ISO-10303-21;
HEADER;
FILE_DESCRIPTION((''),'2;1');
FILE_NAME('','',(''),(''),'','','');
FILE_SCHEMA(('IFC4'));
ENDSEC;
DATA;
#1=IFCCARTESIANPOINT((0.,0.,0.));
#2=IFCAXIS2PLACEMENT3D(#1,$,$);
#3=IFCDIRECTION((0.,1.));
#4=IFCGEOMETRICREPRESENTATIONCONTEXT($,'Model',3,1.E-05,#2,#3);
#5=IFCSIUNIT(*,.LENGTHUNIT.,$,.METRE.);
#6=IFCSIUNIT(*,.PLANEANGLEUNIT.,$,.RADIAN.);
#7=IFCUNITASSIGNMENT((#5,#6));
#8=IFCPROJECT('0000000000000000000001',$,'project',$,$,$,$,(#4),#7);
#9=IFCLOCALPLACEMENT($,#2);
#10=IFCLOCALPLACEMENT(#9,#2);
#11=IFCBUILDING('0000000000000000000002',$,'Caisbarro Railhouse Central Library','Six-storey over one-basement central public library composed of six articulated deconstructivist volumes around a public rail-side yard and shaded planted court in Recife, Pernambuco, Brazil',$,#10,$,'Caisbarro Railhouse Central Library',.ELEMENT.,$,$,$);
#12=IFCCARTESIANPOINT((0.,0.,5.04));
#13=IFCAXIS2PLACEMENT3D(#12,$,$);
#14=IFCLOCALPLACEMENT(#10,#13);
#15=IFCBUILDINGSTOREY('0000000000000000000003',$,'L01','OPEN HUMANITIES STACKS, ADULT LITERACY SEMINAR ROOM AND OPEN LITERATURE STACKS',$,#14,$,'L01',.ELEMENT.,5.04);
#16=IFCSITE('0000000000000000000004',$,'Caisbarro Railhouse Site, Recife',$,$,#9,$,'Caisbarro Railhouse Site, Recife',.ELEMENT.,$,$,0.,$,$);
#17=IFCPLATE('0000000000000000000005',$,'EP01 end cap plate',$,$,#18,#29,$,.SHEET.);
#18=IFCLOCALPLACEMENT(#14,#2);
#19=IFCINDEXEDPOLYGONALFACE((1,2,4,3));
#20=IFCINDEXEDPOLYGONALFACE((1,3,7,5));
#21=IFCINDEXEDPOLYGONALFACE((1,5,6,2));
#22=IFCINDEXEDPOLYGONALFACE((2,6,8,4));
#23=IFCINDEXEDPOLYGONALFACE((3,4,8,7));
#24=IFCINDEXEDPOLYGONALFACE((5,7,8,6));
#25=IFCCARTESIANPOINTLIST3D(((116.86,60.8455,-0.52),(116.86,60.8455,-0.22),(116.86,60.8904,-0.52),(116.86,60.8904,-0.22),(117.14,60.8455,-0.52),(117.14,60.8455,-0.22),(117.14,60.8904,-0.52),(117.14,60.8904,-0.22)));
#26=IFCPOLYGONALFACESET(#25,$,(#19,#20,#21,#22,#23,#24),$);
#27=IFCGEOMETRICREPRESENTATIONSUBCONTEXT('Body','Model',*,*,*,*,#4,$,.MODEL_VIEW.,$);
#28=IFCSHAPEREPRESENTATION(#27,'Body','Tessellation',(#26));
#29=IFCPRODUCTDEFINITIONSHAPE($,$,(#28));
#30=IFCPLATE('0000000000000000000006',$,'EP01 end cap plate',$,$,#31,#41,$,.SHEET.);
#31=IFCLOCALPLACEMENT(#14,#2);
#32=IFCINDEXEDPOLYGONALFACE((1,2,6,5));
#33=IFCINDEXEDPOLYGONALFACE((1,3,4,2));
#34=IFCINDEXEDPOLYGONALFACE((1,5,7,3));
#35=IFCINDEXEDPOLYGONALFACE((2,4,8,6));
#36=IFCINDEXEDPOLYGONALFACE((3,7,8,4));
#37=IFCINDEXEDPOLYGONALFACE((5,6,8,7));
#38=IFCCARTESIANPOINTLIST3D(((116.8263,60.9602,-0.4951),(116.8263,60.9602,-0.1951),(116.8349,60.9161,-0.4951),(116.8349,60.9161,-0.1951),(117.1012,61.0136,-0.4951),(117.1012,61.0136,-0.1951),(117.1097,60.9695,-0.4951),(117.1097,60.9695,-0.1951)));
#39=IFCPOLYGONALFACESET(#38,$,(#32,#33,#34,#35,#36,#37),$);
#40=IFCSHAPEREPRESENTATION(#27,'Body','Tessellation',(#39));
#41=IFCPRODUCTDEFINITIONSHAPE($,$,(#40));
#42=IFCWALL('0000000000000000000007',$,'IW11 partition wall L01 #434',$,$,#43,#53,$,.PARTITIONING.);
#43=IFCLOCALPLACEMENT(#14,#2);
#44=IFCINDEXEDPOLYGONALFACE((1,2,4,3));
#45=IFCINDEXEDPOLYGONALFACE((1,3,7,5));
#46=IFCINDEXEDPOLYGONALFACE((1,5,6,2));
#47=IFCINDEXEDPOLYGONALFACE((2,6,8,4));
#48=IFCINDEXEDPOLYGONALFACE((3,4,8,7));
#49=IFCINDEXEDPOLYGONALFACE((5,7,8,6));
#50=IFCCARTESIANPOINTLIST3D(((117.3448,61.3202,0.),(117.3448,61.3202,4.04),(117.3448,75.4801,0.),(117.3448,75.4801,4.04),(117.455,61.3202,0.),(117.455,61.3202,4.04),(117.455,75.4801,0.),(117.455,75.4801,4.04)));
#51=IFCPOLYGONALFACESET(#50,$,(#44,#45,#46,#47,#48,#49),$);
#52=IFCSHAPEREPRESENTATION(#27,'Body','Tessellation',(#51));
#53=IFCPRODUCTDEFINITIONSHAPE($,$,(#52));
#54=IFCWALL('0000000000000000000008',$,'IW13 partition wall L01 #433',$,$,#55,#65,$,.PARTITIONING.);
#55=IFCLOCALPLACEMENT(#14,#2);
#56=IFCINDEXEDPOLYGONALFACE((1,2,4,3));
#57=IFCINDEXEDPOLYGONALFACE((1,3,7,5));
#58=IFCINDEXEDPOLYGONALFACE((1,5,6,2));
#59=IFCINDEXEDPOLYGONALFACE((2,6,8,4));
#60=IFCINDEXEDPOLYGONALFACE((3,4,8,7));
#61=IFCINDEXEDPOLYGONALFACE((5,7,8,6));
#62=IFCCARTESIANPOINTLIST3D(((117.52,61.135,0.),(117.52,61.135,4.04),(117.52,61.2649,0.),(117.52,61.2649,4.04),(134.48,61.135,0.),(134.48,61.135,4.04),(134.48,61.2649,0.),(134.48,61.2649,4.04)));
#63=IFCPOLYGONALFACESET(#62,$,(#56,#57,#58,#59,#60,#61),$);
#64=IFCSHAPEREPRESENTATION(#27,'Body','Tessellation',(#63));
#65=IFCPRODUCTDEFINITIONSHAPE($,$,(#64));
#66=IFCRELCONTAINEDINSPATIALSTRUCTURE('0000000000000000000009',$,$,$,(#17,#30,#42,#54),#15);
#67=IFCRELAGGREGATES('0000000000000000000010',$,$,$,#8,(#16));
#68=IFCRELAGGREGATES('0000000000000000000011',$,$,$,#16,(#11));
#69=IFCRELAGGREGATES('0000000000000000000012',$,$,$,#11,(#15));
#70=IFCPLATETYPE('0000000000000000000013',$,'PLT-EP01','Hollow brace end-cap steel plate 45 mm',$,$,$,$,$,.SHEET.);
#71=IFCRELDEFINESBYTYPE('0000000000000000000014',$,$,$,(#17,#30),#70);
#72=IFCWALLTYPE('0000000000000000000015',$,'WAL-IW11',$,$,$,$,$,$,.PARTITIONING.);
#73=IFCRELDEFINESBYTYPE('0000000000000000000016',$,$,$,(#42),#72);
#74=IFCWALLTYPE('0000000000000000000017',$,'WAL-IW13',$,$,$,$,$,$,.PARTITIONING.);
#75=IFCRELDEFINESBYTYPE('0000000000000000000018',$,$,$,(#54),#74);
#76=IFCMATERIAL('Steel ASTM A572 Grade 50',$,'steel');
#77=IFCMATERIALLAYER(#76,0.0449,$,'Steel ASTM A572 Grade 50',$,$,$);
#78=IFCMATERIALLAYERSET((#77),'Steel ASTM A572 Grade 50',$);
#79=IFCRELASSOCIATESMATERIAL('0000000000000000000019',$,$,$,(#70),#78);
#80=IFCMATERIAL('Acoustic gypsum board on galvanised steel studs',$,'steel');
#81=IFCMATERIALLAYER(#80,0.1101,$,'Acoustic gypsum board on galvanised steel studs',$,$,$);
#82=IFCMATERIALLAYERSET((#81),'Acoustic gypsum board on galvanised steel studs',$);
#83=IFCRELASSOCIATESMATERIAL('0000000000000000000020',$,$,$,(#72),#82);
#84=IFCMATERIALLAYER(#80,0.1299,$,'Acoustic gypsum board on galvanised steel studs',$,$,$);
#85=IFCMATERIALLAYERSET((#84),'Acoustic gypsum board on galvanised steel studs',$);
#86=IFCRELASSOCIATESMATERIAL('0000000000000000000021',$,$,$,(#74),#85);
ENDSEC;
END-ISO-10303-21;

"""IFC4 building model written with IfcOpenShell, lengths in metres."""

from ifc_helpers import new_model, si_unit, direction, frame, frame_2d, origin, origin_2d, place, context, subcontext, project, spatial, rectangle, extrude, material, layer, layer_set, type_object, element, save


model = new_model("IFC4")

# Units and contexts
model_context = context("Model", 3, precision=1e-05, world=origin(), true_north=direction((0.0, 1.0)))
body_context = subcontext(model_context, "Body", "Model", "MODEL_VIEW")
ifc_project = project(units=[si_unit("LENGTHUNIT", "METRE"), si_unit("PLANEANGLEUNIT", "RADIAN")], contexts=[model_context])

# Site, building, storey
site_placement = place(None, origin())
site = spatial("IfcSite", under=ifc_project, at=site_placement, Name="Caisbarro Railhouse Site, Recife", LongName="Caisbarro Railhouse Site, Recife", CompositionType="ELEMENT", RefElevation=0.0)
building_placement = place(site_placement, origin())
building = spatial("IfcBuilding", under=site, at=building_placement, Name="Caisbarro Railhouse Central Library", Description="Six-storey over one-basement central public library composed of six articulated deconstructivist volumes around a public rail-side yard and shaded planted court in Recife, Pernambuco, Brazil", LongName="Caisbarro Railhouse Central Library", CompositionType="ELEMENT")
storey_placement = place(building_placement, frame((0.0, 0.0, 5.04)))
storey = spatial("IfcBuildingStorey", under=building, at=storey_placement, Name="L01", Description="OPEN HUMANITIES STACKS, ADULT LITERACY SEMINAR ROOM AND OPEN LITERATURE STACKS", LongName="L01", CompositionType="ELEMENT", Elevation=5.04)

# Shared definitions
ifc_material_1 = material(Name="Steel ASTM A572 Grade 50", Category="steel")

# Plates
ifc_layer_1 = layer(ifc_material_1, 0.0449, Name="Steel ASTM A572 Grade 50")
ifc_layer_set_1 = layer_set([ifc_layer_1], Name="Steel ASTM A572 Grade 50")
plate_type_1 = type_object("IfcPlateType", Name="PLT-EP01", Description="Hollow brace end-cap steel plate 45 mm", PredefinedType="SHEET", material=ifc_layer_set_1)
for number, where, z_axis, x_axis, name in (
    (1, (117.0, 60.8679, -0.52), (0.0, 0.0, 1.0), (0.0, 1.0, 0.0), "EP01 end cap plate"),
    (2, (116.968, 60.9648, -0.4951), (0.0, 0.0, 1.0), (-0.190809, 0.981627, 0.0), "EP01 end cap plate"),
):
    element("IfcPlate", number, at=place(storey_placement, frame(where, z_axis=z_axis, x_axis=x_axis)), inside=storey, type_object=plate_type_1, Name=name, PredefinedType="SHEET", context=body_context, shape_type="SweptSolid", body=[
        extrude(rectangle(XDim=0.0449, YDim=0.28, at=origin_2d()), origin(), (0.0, 0.0, 1.0), 0.3),
    ])

# Walls
ifc_material_2 = material(Name="Acoustic gypsum board on galvanised steel studs", Category="steel")
ifc_layer_2 = layer(ifc_material_2, 0.1101, Name="Acoustic gypsum board on galvanised steel studs")
ifc_layer_set_2 = layer_set([ifc_layer_2], Name="Acoustic gypsum board on galvanised steel studs")
wall_type_1 = type_object("IfcWallType", Name="WAL-IW11", PredefinedType="PARTITIONING", material=ifc_layer_set_2)
wall_1_placement = place(storey_placement, frame((117.3999, 61.3201, 0.0), z_axis=(0.0, 0.0, 1.0), x_axis=(0.0, 1.0, 0.0)))
element("IfcWall", 3, at=wall_1_placement, inside=storey, type_object=wall_type_1, Name="IW11 partition wall L01 #434", PredefinedType="PARTITIONING", context=body_context, shape_type="SweptSolid", body=[
    extrude(rectangle(XDim=14.1599, YDim=0.1101, at=frame_2d((7.0801, 0.0))), origin(), (0.0, 0.0, 1.0), 4.04),
])
ifc_layer_3 = layer(ifc_material_2, 0.1299, Name="Acoustic gypsum board on galvanised steel studs")
ifc_layer_set_3 = layer_set([ifc_layer_3], Name="Acoustic gypsum board on galvanised steel studs")
wall_type_2 = type_object("IfcWallType", Name="WAL-IW13", PredefinedType="PARTITIONING", material=ifc_layer_set_3)
wall_2_placement = place(storey_placement, frame((117.52, 61.2, 0.0), z_axis=(0.0, 0.0, 1.0), x_axis=(1.0, 0.0, 0.0)))
element("IfcWall", 4, at=wall_2_placement, inside=storey, type_object=wall_type_2, Name="IW13 partition wall L01 #433", PredefinedType="PARTITIONING", context=body_context, shape_type="SweptSolid", body=[
    extrude(rectangle(XDim=16.96, YDim=0.1299, at=frame_2d((8.48, 0.0))), origin(), (0.0, 0.0, 1.0), 4.04),
])

save(model, "model.ifc")
